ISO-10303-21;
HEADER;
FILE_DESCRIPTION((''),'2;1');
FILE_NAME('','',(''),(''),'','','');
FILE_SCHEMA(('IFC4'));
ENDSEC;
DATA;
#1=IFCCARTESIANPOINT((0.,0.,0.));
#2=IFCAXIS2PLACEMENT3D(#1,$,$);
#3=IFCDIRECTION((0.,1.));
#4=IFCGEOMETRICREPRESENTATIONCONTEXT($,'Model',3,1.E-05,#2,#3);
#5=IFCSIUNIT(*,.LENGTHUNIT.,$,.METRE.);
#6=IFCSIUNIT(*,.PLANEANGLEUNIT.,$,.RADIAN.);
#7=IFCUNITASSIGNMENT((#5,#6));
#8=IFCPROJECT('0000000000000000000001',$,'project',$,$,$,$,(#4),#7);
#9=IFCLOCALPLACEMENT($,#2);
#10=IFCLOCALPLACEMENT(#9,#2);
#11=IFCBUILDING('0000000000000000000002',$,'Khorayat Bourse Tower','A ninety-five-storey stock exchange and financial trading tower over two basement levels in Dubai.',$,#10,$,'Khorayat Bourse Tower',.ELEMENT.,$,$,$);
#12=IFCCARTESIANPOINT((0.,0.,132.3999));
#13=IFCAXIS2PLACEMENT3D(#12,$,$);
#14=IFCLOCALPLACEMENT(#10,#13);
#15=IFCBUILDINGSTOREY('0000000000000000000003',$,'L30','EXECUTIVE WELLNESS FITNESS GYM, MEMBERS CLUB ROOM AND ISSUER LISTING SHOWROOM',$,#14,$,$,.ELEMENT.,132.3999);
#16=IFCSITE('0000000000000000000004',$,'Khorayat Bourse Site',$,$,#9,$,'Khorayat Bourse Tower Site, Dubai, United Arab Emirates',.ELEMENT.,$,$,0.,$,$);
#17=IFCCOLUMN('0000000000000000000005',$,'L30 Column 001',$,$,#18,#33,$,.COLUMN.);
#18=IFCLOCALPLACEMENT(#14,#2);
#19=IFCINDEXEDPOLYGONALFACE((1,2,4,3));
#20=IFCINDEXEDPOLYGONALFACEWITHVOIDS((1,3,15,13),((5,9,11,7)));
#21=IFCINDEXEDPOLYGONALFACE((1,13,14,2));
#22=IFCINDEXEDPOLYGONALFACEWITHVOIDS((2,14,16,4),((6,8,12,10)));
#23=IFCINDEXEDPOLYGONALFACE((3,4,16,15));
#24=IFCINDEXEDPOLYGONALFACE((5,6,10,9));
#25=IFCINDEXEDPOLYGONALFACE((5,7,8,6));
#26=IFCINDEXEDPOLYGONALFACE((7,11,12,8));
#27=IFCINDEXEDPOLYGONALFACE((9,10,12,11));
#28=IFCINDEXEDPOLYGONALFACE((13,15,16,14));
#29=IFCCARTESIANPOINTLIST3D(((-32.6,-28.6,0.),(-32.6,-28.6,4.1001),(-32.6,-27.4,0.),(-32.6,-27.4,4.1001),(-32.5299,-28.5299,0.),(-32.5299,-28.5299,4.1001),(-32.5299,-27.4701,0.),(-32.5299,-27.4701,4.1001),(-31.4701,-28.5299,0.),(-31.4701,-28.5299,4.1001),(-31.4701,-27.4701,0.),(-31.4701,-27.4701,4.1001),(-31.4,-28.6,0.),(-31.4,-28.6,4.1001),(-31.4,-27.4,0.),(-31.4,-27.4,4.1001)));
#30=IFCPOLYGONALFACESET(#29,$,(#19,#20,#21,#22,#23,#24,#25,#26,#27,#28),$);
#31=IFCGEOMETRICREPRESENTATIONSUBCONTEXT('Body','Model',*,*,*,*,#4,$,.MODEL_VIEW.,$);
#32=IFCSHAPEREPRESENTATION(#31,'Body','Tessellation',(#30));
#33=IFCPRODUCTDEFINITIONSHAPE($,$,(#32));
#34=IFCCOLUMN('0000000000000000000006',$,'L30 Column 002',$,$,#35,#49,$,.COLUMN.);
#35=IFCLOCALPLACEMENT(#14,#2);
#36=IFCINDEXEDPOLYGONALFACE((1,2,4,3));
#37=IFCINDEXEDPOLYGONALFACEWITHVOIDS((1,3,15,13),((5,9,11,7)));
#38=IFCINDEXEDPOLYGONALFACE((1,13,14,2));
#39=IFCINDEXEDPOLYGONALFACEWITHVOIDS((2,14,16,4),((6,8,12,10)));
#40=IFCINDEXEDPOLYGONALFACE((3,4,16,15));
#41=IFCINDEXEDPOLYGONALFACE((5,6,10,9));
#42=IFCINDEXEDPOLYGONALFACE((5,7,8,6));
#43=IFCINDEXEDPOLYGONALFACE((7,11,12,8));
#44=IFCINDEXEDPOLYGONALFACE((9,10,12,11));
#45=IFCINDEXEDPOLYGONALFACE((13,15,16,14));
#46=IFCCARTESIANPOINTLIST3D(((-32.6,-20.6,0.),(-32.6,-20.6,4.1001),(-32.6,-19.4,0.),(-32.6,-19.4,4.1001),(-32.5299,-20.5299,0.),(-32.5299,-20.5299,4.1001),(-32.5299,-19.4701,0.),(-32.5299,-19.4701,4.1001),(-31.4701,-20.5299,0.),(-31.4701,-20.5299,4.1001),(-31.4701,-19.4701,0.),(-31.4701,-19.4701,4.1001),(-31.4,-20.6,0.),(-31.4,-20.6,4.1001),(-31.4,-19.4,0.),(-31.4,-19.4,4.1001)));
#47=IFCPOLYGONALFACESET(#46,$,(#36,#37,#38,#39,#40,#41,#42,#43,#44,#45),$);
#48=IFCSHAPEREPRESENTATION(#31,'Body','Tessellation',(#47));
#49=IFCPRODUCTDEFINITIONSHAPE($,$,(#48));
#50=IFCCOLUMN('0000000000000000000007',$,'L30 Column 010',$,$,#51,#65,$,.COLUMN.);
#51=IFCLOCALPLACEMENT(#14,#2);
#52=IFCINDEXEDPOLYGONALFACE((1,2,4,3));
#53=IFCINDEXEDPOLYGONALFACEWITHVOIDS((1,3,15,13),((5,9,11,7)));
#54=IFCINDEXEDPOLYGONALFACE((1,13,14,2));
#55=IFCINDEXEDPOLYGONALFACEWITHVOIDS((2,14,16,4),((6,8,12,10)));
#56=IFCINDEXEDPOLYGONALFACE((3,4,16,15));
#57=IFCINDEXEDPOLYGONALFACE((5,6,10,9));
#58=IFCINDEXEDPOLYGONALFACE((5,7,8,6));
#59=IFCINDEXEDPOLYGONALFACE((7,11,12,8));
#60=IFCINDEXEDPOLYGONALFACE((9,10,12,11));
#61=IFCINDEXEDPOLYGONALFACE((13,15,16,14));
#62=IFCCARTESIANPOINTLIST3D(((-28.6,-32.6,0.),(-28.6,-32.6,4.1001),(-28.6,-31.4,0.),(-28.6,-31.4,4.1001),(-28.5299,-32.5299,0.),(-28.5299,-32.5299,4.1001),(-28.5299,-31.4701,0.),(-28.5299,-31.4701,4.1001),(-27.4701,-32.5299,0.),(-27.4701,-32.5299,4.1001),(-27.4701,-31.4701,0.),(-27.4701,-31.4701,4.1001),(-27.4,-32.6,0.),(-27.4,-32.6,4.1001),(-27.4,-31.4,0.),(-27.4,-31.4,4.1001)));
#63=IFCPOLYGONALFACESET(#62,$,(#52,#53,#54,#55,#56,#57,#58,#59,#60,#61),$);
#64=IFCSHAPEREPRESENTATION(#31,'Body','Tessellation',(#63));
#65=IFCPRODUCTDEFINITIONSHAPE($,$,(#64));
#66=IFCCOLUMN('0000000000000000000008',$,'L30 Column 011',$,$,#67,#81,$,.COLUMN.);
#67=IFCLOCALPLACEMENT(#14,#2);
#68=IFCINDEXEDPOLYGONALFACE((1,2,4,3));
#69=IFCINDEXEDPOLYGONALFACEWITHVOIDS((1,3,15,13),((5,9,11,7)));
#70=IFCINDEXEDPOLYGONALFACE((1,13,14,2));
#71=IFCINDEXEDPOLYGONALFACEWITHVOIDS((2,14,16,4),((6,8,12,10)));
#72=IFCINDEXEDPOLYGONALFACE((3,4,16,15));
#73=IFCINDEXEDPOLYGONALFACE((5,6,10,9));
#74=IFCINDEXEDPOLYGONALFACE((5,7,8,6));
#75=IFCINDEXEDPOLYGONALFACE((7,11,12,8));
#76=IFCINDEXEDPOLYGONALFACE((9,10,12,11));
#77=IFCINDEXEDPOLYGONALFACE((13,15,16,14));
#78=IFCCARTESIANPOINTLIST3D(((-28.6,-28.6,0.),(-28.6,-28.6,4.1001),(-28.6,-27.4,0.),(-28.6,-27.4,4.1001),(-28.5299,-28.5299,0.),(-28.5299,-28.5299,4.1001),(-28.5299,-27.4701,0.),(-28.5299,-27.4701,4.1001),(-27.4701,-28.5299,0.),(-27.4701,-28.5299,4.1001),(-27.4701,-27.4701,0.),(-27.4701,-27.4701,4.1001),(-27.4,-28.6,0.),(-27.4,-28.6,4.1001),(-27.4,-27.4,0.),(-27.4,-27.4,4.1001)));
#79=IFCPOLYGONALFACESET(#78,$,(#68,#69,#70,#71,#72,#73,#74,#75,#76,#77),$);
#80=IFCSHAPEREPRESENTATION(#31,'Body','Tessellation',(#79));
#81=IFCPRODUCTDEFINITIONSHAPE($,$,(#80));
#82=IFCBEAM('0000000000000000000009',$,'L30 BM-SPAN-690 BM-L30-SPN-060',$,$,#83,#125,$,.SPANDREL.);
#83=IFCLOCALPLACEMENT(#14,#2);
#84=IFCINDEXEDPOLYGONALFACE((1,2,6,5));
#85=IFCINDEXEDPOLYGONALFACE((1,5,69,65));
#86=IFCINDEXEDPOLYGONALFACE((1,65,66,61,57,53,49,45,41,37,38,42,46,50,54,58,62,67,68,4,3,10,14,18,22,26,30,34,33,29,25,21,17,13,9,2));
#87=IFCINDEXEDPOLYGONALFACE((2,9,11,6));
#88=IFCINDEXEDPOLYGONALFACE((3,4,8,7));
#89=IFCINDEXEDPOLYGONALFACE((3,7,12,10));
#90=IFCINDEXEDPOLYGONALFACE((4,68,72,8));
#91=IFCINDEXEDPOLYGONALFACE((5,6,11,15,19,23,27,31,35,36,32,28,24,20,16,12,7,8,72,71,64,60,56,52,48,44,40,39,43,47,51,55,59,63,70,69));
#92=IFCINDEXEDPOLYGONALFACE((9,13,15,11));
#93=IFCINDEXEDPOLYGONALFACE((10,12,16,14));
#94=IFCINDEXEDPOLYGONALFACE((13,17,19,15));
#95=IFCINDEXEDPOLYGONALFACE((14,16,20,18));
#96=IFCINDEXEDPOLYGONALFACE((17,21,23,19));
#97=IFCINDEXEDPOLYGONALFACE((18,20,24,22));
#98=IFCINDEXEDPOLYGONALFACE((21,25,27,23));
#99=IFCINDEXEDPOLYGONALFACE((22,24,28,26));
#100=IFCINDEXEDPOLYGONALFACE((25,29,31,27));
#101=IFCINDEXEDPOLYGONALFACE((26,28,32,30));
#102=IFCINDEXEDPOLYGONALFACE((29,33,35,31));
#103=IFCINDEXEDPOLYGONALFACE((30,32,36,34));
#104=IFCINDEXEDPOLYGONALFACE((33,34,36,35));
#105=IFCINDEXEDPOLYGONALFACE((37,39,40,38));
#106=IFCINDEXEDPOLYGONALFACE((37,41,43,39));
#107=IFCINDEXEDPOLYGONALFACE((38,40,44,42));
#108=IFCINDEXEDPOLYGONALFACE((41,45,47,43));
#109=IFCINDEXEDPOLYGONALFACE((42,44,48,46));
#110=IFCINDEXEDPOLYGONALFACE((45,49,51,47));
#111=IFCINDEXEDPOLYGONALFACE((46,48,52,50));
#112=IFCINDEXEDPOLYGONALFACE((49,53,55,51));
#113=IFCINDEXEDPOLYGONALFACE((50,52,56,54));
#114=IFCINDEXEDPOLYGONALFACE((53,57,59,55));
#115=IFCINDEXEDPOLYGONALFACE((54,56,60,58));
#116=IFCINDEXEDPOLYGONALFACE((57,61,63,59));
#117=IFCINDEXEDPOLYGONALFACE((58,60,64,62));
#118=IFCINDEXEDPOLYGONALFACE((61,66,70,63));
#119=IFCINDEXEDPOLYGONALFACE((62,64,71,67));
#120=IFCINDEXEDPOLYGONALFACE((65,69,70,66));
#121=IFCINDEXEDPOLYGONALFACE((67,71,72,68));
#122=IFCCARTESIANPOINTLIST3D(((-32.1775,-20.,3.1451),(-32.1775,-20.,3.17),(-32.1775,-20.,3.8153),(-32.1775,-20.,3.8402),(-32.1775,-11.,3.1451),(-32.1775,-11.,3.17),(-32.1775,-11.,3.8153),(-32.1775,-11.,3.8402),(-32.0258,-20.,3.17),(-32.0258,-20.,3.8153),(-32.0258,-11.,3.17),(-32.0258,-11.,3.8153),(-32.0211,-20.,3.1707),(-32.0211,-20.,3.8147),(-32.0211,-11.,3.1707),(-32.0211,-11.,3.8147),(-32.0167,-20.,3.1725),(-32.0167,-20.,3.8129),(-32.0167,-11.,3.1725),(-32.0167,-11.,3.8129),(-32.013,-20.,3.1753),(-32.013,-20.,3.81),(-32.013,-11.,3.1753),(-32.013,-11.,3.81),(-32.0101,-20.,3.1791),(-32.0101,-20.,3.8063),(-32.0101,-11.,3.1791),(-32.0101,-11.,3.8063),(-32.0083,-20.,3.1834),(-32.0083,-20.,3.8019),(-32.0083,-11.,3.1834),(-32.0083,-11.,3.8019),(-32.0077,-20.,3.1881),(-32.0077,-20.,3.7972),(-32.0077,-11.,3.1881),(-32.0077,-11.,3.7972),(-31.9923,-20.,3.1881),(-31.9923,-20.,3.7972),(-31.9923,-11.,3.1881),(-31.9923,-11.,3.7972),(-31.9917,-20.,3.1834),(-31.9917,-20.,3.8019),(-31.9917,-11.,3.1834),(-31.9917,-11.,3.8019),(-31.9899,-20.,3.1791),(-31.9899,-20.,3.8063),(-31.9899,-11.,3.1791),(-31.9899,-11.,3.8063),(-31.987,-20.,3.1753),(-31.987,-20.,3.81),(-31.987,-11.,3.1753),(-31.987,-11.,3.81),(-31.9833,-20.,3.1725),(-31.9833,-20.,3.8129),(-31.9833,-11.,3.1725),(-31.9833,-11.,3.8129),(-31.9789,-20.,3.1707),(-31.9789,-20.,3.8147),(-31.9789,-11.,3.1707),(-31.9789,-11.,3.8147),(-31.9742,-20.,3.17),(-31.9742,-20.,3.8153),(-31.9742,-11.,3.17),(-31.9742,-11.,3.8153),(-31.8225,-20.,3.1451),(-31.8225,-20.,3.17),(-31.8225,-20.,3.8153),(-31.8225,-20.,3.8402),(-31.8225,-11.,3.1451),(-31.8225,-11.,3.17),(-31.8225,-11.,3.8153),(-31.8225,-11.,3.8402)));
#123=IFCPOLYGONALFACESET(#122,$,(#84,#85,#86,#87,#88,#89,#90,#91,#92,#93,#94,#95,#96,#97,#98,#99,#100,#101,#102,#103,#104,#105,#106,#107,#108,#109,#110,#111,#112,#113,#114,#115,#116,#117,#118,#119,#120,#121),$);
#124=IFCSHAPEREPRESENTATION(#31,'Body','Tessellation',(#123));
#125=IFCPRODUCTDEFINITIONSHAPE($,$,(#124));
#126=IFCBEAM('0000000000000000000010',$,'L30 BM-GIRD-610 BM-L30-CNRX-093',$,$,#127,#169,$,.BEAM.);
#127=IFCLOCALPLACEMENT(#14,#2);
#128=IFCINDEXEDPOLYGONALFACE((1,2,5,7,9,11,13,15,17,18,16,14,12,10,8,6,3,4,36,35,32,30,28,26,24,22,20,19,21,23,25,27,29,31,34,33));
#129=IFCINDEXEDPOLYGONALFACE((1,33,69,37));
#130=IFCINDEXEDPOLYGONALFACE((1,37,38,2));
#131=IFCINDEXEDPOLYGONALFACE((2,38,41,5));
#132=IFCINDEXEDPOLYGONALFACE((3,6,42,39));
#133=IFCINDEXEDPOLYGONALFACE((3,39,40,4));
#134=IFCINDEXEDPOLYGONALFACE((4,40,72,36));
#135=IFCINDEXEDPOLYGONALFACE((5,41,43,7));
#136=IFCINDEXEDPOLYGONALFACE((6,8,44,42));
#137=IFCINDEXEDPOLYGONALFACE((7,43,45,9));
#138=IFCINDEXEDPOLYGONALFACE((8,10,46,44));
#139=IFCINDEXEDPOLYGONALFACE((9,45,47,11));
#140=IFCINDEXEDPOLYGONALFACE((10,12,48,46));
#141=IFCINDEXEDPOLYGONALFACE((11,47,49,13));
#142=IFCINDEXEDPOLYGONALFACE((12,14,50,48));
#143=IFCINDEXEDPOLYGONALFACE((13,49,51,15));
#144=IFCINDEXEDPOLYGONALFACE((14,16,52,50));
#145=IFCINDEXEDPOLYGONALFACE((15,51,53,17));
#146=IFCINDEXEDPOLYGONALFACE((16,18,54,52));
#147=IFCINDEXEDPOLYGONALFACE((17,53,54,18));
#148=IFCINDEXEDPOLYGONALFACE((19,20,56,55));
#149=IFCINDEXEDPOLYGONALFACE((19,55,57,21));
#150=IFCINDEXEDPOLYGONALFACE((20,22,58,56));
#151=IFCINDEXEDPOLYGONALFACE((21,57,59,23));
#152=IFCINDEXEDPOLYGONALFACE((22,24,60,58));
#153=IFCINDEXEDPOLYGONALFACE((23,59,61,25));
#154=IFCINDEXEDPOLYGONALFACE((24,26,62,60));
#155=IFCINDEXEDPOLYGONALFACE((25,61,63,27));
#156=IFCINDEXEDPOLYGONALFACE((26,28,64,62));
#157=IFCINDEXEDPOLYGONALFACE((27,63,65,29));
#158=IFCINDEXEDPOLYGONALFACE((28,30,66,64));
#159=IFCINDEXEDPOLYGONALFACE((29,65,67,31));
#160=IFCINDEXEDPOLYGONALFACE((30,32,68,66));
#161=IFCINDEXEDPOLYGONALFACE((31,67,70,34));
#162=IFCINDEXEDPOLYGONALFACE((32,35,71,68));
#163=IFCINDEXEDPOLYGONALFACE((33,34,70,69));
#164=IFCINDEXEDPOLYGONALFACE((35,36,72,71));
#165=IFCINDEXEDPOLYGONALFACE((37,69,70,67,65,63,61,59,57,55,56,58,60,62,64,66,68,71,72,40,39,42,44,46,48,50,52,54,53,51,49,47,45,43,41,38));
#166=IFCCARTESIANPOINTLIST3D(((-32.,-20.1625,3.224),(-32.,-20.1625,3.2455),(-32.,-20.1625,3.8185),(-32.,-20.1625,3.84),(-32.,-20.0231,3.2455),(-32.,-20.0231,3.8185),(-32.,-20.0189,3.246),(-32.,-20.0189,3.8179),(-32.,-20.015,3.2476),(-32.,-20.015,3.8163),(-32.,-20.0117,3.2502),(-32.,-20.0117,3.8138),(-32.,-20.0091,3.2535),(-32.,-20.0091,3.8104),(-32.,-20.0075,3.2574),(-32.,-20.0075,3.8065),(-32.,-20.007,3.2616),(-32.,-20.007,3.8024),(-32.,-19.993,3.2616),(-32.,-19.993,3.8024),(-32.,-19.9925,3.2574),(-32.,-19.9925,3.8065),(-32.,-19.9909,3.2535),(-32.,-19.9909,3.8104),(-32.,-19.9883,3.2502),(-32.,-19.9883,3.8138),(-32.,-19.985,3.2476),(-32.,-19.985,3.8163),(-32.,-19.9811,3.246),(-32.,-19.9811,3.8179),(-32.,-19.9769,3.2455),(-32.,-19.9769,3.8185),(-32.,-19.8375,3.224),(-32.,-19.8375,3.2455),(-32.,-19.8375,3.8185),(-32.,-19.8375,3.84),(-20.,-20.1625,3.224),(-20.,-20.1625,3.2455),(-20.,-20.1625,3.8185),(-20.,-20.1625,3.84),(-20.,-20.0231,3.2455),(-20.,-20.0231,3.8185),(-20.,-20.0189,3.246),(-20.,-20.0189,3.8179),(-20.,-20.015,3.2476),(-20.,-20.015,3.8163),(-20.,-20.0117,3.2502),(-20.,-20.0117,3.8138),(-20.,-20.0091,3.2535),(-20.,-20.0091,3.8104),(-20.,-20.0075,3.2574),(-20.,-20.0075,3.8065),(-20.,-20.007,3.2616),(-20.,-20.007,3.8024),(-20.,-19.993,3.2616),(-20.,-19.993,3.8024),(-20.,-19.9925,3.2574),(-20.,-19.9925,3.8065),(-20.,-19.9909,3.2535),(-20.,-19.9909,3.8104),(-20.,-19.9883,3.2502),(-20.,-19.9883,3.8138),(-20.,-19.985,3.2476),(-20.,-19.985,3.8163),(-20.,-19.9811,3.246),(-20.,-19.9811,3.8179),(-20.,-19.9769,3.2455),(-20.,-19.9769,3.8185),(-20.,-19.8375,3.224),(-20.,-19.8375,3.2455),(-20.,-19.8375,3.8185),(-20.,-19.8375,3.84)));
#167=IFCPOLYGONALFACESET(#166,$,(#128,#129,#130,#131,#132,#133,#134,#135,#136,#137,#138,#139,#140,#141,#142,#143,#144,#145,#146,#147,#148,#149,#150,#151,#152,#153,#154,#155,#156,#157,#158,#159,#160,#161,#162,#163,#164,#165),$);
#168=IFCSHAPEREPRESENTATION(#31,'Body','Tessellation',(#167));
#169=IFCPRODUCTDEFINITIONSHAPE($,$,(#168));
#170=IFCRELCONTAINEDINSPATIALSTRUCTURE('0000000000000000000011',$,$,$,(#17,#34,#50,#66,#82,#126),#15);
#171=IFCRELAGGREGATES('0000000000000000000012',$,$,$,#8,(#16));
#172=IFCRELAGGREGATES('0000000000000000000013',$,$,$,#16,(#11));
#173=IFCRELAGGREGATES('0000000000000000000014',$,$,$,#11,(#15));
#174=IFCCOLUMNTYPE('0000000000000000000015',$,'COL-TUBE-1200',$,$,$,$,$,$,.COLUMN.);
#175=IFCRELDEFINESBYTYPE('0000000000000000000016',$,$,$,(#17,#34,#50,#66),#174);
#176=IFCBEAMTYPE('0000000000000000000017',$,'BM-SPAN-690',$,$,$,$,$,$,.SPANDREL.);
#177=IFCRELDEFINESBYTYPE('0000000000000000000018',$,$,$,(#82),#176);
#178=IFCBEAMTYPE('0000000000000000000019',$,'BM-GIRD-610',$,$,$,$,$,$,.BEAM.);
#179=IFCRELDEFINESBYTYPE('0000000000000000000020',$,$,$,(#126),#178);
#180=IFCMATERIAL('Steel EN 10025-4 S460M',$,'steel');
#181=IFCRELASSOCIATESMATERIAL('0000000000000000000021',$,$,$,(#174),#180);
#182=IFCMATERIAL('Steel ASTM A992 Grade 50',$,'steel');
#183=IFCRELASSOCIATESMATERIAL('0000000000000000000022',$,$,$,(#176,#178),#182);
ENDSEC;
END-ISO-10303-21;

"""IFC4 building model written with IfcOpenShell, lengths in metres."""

from ifc_helpers import new_model, si_unit, direction, frame, origin, origin_2d, place, context, subcontext, project, spatial, hollow_rectangle, i_section, extrude, source, transform, mapped, material, material_profile, profile_set, type_object, element, save


model = new_model("IFC4")

# Units and contexts
model_context = context("Model", 3, precision=1e-05, world=origin(), true_north=direction((0.0, 1.0)))
body_context = subcontext(model_context, "Body", "Model", "MODEL_VIEW")
ifc_project = project(units=[si_unit("LENGTHUNIT", "METRE"), si_unit("PLANEANGLEUNIT", "RADIAN")], contexts=[model_context])

# Site, building, storey
site_placement = place(None, origin())
site = spatial("IfcSite", under=ifc_project, at=site_placement, Name="Khorayat Bourse Site", LongName="Khorayat Bourse Tower Site, Dubai, United Arab Emirates", CompositionType="ELEMENT", RefElevation=0.0)
building_placement = place(site_placement, origin())
building = spatial("IfcBuilding", under=site, at=building_placement, Name="Khorayat Bourse Tower", Description="A ninety-five-storey stock exchange and financial trading tower over two basement levels in Dubai.", LongName="Khorayat Bourse Tower", CompositionType="ELEMENT")
storey_placement = place(building_placement, frame((0.0, 0.0, 132.3999)))
storey = spatial("IfcBuildingStorey", under=building, at=storey_placement, Name="L30", Description="EXECUTIVE WELLNESS FITNESS GYM, MEMBERS CLUB ROOM AND ISSUER LISTING SHOWROOM", CompositionType="ELEMENT", Elevation=132.3999)

# Columns
ifc_material_1 = material(Name="Steel EN 10025-4 S460M", Category="steel")
ifc_material_profile_1 = material_profile(ifc_material_1, hollow_rectangle(XDim=1.2, YDim=1.2, WallThickness=0.0701, at=origin_2d()), Name="BOX 1200x1200x70")
ifc_profile_set_1 = profile_set([ifc_material_profile_1], Name="Steel EN 10025-4 S460M")
column_type = type_object("IfcColumnType", Name="COL-TUBE-1200", PredefinedType="COLUMN", material=ifc_profile_set_1)
shared_shape_1 = source(origin(), body_context, "Body", "SweptSolid", [
    extrude(hollow_rectangle(XDim=1.2, YDim=1.2, WallThickness=0.0701, at=origin_2d()), origin(), (0.0, 0.0, 1.0), 4.1001),
])
for number, where, z_axis, x_axis, name in (
    (1, (-32.0, -28.0, 0.0), (0.0, 0.0, 1.0), (1.0, 0.0, 0.0), "L30 Column 001"),
    (2, (-32.0, -20.0, 0.0), (0.0, 0.0, 1.0), (1.0, 0.0, 0.0), "L30 Column 002"),
    (3, (-28.0, -32.0, 0.0), (0.0, 0.0, 1.0), (1.0, 0.0, 0.0), "L30 Column 010"),
    (4, (-28.0, -28.0, 0.0), (0.0, 0.0, 1.0), (1.0, 0.0, 0.0), "L30 Column 011"),
):
    element("IfcColumn", number, at=place(storey_placement, frame(where, z_axis=z_axis, x_axis=x_axis)), inside=storey, type_object=column_type, Name=name, PredefinedType="COLUMN", context=body_context, shape_type="MappedRepresentation", body=[
        mapped(shared_shape_1, transform((0.0, 0.0, 0.0), scale=1.0)),
    ])

# Beams
ifc_material_2 = material(Name="Steel ASTM A992 Grade 50", Category="steel")
ifc_material_profile_2 = material_profile(ifc_material_2, i_section(OverallWidth=0.355, OverallDepth=0.6951, WebThickness=0.0154, FlangeThickness=0.0249, FilletRadius=0.0181, at=origin_2d()), Name="W690X217")
ifc_profile_set_2 = profile_set([ifc_material_profile_2], Name="Steel ASTM A992 Grade 50")
beam_type_1 = type_object("IfcBeamType", Name="BM-SPAN-690", PredefinedType="SPANDREL", material=ifc_profile_set_2)
shared_shape_2 = source(origin(), body_context, "Body", "SweptSolid", [
    extrude(i_section(OverallWidth=0.355, OverallDepth=0.6951, WebThickness=0.0154, FlangeThickness=0.0249, FilletRadius=0.0181, at=origin_2d()), origin(), (0.0, 0.0, 1.0), 9.0),
])
beam_1_placement = place(storey_placement, frame((-32.0, -20.0, 3.4927), z_axis=(0.0, 1.0, 0.0), x_axis=(-1.0, 0.0, 0.0)))
element("IfcBeam", 5, at=beam_1_placement, inside=storey, type_object=beam_type_1, Name="L30 BM-SPAN-690 BM-L30-SPN-060", PredefinedType="SPANDREL", context=body_context, shape_type="MappedRepresentation", body=[
    mapped(shared_shape_2, transform((0.0, 0.0, 0.0), scale=1.0)),
])
ifc_material_profile_3 = material_profile(ifc_material_2, i_section(OverallWidth=0.325, OverallDepth=0.616, WebThickness=0.0139, FlangeThickness=0.0215, FilletRadius=0.0161, at=origin_2d()), Name="W610X174")
ifc_profile_set_3 = profile_set([ifc_material_profile_3], Name="Steel ASTM A992 Grade 50")
beam_type_2 = type_object("IfcBeamType", Name="BM-GIRD-610", PredefinedType="BEAM", material=ifc_profile_set_3)
shared_shape_3 = source(origin(), body_context, "Body", "SweptSolid", [
    extrude(i_section(OverallWidth=0.325, OverallDepth=0.616, WebThickness=0.0139, FlangeThickness=0.0215, FilletRadius=0.0161, at=origin_2d()), origin(), (0.0, 0.0, 1.0), 12.0),
])
beam_2_placement = place(storey_placement, frame((-32.0, -20.0, 3.532), z_axis=(1.0, 0.0, 0.0), x_axis=(0.0, 1.0, 0.0)))
element("IfcBeam", 6, at=beam_2_placement, inside=storey, type_object=beam_type_2, Name="L30 BM-GIRD-610 BM-L30-CNRX-093", PredefinedType="BEAM", context=body_context, shape_type="MappedRepresentation", body=[
    mapped(shared_shape_3, transform((0.0, 0.0, 0.0), scale=1.0)),
])

save(model, "model.ifc")
